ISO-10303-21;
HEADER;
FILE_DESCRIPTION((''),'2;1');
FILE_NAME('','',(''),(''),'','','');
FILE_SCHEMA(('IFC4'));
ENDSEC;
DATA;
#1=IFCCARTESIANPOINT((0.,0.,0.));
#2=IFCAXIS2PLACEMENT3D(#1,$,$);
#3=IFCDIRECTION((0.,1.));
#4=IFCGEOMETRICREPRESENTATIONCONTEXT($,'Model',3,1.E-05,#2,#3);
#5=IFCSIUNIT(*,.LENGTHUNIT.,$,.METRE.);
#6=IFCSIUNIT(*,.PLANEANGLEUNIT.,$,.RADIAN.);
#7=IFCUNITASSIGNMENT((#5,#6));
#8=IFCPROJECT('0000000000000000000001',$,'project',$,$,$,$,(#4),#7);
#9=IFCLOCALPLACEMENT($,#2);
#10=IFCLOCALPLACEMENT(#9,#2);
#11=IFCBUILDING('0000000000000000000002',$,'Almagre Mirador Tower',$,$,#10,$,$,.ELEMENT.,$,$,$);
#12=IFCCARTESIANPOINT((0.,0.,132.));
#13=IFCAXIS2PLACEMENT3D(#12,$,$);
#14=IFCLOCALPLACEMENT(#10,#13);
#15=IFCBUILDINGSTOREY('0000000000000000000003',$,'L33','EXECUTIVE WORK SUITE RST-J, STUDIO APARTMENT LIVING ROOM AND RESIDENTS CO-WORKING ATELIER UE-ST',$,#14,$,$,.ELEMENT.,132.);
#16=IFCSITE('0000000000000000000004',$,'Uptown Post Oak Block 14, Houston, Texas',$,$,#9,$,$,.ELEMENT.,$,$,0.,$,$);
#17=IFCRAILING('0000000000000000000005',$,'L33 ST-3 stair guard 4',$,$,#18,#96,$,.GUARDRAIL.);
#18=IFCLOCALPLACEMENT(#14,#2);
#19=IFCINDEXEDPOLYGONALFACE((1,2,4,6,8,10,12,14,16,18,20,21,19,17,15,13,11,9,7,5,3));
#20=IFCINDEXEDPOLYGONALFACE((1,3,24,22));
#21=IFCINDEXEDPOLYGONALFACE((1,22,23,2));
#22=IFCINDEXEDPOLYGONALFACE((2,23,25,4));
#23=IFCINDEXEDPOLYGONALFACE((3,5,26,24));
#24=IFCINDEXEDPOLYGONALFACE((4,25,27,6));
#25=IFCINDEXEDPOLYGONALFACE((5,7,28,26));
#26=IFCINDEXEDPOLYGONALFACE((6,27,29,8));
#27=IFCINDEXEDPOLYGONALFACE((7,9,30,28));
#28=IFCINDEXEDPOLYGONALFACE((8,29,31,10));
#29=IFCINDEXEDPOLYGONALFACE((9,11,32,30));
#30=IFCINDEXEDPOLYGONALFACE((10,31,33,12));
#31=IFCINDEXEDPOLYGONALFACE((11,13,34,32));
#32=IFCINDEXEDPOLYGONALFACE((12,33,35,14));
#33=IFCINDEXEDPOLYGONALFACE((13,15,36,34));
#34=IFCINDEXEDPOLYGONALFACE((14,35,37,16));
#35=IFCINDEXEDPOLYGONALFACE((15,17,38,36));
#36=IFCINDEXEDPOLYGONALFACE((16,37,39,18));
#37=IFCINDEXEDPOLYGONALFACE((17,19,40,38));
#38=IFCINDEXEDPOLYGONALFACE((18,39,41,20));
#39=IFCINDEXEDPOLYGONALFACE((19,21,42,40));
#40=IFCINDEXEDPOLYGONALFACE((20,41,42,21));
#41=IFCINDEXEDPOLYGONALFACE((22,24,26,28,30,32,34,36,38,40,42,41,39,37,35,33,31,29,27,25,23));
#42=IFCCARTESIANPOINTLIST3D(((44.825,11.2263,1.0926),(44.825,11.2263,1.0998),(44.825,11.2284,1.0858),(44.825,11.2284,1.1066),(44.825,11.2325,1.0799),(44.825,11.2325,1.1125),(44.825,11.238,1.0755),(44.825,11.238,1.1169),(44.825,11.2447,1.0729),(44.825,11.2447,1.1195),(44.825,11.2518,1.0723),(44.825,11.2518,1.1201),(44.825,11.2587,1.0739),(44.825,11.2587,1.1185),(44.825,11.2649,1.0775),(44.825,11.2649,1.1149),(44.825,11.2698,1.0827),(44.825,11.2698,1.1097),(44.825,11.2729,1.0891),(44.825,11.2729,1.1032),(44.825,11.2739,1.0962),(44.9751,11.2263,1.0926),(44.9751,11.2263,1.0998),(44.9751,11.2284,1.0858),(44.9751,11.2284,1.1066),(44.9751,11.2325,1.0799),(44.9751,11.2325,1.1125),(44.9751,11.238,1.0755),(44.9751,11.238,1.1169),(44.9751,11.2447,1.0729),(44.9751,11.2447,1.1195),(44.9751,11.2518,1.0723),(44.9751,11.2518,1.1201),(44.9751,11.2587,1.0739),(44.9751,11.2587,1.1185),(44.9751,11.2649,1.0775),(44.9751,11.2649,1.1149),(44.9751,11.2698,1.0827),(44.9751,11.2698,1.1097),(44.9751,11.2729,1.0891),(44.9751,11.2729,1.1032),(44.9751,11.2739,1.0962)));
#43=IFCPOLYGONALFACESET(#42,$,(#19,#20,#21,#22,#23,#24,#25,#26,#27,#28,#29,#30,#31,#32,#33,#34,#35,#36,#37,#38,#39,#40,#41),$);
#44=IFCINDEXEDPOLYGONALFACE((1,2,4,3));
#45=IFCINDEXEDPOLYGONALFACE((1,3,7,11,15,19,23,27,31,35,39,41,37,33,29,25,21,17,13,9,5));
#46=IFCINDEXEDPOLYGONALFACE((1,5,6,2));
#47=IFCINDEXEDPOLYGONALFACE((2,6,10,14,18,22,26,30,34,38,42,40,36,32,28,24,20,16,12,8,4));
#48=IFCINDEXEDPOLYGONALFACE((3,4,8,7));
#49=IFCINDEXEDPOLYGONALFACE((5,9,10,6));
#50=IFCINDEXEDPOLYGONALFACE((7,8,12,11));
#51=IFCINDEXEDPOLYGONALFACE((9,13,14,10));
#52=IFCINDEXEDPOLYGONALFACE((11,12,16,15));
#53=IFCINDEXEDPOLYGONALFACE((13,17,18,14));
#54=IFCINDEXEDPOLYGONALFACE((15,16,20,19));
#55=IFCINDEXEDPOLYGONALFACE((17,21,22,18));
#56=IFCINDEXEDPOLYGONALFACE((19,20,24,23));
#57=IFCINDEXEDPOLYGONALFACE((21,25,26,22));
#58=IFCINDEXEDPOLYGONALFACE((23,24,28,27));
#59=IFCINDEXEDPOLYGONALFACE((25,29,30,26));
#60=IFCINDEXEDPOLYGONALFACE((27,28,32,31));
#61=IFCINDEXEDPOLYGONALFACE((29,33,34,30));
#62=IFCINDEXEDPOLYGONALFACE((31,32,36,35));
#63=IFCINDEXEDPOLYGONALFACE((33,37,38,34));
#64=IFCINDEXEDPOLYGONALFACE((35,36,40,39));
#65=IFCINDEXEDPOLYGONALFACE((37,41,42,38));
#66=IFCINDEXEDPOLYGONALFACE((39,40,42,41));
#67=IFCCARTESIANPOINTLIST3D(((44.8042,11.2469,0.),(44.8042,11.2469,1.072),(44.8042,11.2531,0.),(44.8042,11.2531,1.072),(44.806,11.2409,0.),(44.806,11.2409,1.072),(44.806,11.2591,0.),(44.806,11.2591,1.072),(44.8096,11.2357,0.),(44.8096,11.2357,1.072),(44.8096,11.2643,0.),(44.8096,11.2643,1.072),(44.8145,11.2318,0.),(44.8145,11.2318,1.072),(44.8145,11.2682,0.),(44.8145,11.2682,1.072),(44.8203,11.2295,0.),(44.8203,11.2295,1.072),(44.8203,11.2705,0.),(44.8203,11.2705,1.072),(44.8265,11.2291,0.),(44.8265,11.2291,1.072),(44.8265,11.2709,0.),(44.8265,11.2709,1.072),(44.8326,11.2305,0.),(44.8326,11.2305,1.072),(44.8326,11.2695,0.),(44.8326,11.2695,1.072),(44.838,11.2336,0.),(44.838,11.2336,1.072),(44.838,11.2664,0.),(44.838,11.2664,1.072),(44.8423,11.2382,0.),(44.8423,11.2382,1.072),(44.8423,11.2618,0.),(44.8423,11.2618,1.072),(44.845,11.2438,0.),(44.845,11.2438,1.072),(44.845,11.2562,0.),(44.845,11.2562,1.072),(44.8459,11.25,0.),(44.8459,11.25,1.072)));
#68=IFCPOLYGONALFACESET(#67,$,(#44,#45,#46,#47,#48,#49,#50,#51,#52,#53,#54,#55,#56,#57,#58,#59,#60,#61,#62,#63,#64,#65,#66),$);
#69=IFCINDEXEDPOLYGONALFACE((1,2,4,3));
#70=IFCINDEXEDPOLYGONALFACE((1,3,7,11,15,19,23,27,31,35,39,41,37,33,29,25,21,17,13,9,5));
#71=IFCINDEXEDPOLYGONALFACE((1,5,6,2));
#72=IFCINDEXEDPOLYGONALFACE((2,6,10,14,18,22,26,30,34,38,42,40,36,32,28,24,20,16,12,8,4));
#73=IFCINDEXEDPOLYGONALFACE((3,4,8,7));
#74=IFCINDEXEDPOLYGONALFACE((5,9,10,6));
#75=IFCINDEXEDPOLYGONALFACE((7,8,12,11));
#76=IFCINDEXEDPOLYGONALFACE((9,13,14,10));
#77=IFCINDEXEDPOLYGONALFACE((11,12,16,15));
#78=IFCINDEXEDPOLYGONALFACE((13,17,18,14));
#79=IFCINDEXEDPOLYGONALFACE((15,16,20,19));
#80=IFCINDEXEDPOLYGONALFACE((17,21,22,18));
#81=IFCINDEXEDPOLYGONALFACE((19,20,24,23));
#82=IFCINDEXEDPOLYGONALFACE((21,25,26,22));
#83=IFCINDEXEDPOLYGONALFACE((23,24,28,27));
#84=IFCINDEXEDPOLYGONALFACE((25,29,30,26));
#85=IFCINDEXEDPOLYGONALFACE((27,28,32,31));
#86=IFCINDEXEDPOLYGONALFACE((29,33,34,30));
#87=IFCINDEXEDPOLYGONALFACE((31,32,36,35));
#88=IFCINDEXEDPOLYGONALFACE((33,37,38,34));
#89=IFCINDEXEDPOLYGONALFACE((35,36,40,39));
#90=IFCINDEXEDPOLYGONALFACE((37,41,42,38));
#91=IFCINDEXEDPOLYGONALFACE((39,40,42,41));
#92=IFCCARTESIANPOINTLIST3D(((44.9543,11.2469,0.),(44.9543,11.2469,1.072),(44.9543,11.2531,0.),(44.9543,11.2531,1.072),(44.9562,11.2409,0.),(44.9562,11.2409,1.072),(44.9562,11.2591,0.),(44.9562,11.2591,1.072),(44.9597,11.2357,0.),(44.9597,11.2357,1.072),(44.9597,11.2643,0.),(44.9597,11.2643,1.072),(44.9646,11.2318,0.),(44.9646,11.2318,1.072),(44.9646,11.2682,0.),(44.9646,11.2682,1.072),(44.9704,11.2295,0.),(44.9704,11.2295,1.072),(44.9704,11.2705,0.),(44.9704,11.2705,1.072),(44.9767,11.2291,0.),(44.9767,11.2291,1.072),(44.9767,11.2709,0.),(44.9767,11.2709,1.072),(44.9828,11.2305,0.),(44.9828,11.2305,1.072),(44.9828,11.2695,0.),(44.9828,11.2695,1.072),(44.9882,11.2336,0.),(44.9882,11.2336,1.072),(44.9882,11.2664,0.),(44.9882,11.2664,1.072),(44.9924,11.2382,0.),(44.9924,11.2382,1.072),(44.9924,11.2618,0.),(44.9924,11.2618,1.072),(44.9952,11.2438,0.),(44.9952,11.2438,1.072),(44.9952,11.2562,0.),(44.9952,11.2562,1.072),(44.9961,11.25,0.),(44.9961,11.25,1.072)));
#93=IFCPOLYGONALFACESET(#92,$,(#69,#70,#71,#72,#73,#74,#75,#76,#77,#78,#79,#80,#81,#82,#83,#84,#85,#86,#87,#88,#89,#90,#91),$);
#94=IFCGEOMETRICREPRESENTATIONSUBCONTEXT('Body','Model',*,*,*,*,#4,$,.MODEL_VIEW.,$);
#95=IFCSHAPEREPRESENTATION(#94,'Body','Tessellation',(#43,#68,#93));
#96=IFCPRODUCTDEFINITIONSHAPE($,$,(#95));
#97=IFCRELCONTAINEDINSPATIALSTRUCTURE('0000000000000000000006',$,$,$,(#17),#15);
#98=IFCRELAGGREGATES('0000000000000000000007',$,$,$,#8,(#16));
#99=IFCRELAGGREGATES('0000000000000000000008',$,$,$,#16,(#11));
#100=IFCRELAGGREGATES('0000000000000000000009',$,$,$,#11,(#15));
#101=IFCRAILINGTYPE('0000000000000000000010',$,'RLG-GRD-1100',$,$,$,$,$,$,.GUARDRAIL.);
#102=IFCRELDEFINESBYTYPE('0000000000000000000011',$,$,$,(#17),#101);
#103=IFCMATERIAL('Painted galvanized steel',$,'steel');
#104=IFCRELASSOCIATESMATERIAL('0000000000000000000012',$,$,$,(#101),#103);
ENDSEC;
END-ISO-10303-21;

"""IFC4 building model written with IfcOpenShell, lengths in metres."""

from ifc_helpers import new_model, si_unit, direction, frame, origin, origin_2d, place, context, subcontext, project, spatial, circle, extrude, material, type_object, element, save


model = new_model("IFC4")

# Units and contexts
model_context = context("Model", 3, precision=1e-05, world=origin(), true_north=direction((0.0, 1.0)))
body_context = subcontext(model_context, "Body", "Model", "MODEL_VIEW")
ifc_project = project(units=[si_unit("LENGTHUNIT", "METRE"), si_unit("PLANEANGLEUNIT", "RADIAN")], contexts=[model_context])

# Site, building, storey
site_placement = place(None, origin())
site = spatial("IfcSite", under=ifc_project, at=site_placement, Name="Uptown Post Oak Block 14, Houston, Texas", CompositionType="ELEMENT", RefElevation=0.0)
building_placement = place(site_placement, origin())
building = spatial("IfcBuilding", under=site, at=building_placement, Name="Almagre Mirador Tower", CompositionType="ELEMENT")
storey_placement = place(building_placement, frame((0.0, 0.0, 132.0)))
storey = spatial("IfcBuildingStorey", under=building, at=storey_placement, Name="L33", Description="EXECUTIVE WORK SUITE RST-J, STUDIO APARTMENT LIVING ROOM AND RESIDENTS CO-WORKING ATELIER UE-ST", CompositionType="ELEMENT", Elevation=132.0)

# Railing
ifc_material_1 = material(Name="Painted galvanized steel", Category="steel")
railing_type_1 = type_object("IfcRailingType", Name="RLG-GRD-1100", PredefinedType="GUARDRAIL", material=ifc_material_1)
railing_1_placement = place(storey_placement, frame((44.825, 11.25, 0.0)))
element("IfcRailing", 1, at=railing_1_placement, inside=storey, type_object=railing_type_1, Name="L33 ST-3 stair guard 4", PredefinedType="GUARDRAIL", context=body_context, shape_type="SweptSolid", body=[
    extrude(circle(Radius=0.0239, at=origin_2d()), frame((0.0, 0.0, 1.0962), z_axis=(1.0, 0.0, 0.0), x_axis=(0.0, 1.0, 0.0)), (0.0, 0.0, 1.0), 0.1501),
    extrude(circle(Radius=0.021, at=origin_2d()), origin(), (0.0, 0.0, 1.0), 1.072),
    extrude(circle(Radius=0.021, at=origin_2d()), frame((0.1501, 0.0, 0.0)), (0.0, 0.0, 1.0), 1.072),
])

save(model, "model.ifc")
